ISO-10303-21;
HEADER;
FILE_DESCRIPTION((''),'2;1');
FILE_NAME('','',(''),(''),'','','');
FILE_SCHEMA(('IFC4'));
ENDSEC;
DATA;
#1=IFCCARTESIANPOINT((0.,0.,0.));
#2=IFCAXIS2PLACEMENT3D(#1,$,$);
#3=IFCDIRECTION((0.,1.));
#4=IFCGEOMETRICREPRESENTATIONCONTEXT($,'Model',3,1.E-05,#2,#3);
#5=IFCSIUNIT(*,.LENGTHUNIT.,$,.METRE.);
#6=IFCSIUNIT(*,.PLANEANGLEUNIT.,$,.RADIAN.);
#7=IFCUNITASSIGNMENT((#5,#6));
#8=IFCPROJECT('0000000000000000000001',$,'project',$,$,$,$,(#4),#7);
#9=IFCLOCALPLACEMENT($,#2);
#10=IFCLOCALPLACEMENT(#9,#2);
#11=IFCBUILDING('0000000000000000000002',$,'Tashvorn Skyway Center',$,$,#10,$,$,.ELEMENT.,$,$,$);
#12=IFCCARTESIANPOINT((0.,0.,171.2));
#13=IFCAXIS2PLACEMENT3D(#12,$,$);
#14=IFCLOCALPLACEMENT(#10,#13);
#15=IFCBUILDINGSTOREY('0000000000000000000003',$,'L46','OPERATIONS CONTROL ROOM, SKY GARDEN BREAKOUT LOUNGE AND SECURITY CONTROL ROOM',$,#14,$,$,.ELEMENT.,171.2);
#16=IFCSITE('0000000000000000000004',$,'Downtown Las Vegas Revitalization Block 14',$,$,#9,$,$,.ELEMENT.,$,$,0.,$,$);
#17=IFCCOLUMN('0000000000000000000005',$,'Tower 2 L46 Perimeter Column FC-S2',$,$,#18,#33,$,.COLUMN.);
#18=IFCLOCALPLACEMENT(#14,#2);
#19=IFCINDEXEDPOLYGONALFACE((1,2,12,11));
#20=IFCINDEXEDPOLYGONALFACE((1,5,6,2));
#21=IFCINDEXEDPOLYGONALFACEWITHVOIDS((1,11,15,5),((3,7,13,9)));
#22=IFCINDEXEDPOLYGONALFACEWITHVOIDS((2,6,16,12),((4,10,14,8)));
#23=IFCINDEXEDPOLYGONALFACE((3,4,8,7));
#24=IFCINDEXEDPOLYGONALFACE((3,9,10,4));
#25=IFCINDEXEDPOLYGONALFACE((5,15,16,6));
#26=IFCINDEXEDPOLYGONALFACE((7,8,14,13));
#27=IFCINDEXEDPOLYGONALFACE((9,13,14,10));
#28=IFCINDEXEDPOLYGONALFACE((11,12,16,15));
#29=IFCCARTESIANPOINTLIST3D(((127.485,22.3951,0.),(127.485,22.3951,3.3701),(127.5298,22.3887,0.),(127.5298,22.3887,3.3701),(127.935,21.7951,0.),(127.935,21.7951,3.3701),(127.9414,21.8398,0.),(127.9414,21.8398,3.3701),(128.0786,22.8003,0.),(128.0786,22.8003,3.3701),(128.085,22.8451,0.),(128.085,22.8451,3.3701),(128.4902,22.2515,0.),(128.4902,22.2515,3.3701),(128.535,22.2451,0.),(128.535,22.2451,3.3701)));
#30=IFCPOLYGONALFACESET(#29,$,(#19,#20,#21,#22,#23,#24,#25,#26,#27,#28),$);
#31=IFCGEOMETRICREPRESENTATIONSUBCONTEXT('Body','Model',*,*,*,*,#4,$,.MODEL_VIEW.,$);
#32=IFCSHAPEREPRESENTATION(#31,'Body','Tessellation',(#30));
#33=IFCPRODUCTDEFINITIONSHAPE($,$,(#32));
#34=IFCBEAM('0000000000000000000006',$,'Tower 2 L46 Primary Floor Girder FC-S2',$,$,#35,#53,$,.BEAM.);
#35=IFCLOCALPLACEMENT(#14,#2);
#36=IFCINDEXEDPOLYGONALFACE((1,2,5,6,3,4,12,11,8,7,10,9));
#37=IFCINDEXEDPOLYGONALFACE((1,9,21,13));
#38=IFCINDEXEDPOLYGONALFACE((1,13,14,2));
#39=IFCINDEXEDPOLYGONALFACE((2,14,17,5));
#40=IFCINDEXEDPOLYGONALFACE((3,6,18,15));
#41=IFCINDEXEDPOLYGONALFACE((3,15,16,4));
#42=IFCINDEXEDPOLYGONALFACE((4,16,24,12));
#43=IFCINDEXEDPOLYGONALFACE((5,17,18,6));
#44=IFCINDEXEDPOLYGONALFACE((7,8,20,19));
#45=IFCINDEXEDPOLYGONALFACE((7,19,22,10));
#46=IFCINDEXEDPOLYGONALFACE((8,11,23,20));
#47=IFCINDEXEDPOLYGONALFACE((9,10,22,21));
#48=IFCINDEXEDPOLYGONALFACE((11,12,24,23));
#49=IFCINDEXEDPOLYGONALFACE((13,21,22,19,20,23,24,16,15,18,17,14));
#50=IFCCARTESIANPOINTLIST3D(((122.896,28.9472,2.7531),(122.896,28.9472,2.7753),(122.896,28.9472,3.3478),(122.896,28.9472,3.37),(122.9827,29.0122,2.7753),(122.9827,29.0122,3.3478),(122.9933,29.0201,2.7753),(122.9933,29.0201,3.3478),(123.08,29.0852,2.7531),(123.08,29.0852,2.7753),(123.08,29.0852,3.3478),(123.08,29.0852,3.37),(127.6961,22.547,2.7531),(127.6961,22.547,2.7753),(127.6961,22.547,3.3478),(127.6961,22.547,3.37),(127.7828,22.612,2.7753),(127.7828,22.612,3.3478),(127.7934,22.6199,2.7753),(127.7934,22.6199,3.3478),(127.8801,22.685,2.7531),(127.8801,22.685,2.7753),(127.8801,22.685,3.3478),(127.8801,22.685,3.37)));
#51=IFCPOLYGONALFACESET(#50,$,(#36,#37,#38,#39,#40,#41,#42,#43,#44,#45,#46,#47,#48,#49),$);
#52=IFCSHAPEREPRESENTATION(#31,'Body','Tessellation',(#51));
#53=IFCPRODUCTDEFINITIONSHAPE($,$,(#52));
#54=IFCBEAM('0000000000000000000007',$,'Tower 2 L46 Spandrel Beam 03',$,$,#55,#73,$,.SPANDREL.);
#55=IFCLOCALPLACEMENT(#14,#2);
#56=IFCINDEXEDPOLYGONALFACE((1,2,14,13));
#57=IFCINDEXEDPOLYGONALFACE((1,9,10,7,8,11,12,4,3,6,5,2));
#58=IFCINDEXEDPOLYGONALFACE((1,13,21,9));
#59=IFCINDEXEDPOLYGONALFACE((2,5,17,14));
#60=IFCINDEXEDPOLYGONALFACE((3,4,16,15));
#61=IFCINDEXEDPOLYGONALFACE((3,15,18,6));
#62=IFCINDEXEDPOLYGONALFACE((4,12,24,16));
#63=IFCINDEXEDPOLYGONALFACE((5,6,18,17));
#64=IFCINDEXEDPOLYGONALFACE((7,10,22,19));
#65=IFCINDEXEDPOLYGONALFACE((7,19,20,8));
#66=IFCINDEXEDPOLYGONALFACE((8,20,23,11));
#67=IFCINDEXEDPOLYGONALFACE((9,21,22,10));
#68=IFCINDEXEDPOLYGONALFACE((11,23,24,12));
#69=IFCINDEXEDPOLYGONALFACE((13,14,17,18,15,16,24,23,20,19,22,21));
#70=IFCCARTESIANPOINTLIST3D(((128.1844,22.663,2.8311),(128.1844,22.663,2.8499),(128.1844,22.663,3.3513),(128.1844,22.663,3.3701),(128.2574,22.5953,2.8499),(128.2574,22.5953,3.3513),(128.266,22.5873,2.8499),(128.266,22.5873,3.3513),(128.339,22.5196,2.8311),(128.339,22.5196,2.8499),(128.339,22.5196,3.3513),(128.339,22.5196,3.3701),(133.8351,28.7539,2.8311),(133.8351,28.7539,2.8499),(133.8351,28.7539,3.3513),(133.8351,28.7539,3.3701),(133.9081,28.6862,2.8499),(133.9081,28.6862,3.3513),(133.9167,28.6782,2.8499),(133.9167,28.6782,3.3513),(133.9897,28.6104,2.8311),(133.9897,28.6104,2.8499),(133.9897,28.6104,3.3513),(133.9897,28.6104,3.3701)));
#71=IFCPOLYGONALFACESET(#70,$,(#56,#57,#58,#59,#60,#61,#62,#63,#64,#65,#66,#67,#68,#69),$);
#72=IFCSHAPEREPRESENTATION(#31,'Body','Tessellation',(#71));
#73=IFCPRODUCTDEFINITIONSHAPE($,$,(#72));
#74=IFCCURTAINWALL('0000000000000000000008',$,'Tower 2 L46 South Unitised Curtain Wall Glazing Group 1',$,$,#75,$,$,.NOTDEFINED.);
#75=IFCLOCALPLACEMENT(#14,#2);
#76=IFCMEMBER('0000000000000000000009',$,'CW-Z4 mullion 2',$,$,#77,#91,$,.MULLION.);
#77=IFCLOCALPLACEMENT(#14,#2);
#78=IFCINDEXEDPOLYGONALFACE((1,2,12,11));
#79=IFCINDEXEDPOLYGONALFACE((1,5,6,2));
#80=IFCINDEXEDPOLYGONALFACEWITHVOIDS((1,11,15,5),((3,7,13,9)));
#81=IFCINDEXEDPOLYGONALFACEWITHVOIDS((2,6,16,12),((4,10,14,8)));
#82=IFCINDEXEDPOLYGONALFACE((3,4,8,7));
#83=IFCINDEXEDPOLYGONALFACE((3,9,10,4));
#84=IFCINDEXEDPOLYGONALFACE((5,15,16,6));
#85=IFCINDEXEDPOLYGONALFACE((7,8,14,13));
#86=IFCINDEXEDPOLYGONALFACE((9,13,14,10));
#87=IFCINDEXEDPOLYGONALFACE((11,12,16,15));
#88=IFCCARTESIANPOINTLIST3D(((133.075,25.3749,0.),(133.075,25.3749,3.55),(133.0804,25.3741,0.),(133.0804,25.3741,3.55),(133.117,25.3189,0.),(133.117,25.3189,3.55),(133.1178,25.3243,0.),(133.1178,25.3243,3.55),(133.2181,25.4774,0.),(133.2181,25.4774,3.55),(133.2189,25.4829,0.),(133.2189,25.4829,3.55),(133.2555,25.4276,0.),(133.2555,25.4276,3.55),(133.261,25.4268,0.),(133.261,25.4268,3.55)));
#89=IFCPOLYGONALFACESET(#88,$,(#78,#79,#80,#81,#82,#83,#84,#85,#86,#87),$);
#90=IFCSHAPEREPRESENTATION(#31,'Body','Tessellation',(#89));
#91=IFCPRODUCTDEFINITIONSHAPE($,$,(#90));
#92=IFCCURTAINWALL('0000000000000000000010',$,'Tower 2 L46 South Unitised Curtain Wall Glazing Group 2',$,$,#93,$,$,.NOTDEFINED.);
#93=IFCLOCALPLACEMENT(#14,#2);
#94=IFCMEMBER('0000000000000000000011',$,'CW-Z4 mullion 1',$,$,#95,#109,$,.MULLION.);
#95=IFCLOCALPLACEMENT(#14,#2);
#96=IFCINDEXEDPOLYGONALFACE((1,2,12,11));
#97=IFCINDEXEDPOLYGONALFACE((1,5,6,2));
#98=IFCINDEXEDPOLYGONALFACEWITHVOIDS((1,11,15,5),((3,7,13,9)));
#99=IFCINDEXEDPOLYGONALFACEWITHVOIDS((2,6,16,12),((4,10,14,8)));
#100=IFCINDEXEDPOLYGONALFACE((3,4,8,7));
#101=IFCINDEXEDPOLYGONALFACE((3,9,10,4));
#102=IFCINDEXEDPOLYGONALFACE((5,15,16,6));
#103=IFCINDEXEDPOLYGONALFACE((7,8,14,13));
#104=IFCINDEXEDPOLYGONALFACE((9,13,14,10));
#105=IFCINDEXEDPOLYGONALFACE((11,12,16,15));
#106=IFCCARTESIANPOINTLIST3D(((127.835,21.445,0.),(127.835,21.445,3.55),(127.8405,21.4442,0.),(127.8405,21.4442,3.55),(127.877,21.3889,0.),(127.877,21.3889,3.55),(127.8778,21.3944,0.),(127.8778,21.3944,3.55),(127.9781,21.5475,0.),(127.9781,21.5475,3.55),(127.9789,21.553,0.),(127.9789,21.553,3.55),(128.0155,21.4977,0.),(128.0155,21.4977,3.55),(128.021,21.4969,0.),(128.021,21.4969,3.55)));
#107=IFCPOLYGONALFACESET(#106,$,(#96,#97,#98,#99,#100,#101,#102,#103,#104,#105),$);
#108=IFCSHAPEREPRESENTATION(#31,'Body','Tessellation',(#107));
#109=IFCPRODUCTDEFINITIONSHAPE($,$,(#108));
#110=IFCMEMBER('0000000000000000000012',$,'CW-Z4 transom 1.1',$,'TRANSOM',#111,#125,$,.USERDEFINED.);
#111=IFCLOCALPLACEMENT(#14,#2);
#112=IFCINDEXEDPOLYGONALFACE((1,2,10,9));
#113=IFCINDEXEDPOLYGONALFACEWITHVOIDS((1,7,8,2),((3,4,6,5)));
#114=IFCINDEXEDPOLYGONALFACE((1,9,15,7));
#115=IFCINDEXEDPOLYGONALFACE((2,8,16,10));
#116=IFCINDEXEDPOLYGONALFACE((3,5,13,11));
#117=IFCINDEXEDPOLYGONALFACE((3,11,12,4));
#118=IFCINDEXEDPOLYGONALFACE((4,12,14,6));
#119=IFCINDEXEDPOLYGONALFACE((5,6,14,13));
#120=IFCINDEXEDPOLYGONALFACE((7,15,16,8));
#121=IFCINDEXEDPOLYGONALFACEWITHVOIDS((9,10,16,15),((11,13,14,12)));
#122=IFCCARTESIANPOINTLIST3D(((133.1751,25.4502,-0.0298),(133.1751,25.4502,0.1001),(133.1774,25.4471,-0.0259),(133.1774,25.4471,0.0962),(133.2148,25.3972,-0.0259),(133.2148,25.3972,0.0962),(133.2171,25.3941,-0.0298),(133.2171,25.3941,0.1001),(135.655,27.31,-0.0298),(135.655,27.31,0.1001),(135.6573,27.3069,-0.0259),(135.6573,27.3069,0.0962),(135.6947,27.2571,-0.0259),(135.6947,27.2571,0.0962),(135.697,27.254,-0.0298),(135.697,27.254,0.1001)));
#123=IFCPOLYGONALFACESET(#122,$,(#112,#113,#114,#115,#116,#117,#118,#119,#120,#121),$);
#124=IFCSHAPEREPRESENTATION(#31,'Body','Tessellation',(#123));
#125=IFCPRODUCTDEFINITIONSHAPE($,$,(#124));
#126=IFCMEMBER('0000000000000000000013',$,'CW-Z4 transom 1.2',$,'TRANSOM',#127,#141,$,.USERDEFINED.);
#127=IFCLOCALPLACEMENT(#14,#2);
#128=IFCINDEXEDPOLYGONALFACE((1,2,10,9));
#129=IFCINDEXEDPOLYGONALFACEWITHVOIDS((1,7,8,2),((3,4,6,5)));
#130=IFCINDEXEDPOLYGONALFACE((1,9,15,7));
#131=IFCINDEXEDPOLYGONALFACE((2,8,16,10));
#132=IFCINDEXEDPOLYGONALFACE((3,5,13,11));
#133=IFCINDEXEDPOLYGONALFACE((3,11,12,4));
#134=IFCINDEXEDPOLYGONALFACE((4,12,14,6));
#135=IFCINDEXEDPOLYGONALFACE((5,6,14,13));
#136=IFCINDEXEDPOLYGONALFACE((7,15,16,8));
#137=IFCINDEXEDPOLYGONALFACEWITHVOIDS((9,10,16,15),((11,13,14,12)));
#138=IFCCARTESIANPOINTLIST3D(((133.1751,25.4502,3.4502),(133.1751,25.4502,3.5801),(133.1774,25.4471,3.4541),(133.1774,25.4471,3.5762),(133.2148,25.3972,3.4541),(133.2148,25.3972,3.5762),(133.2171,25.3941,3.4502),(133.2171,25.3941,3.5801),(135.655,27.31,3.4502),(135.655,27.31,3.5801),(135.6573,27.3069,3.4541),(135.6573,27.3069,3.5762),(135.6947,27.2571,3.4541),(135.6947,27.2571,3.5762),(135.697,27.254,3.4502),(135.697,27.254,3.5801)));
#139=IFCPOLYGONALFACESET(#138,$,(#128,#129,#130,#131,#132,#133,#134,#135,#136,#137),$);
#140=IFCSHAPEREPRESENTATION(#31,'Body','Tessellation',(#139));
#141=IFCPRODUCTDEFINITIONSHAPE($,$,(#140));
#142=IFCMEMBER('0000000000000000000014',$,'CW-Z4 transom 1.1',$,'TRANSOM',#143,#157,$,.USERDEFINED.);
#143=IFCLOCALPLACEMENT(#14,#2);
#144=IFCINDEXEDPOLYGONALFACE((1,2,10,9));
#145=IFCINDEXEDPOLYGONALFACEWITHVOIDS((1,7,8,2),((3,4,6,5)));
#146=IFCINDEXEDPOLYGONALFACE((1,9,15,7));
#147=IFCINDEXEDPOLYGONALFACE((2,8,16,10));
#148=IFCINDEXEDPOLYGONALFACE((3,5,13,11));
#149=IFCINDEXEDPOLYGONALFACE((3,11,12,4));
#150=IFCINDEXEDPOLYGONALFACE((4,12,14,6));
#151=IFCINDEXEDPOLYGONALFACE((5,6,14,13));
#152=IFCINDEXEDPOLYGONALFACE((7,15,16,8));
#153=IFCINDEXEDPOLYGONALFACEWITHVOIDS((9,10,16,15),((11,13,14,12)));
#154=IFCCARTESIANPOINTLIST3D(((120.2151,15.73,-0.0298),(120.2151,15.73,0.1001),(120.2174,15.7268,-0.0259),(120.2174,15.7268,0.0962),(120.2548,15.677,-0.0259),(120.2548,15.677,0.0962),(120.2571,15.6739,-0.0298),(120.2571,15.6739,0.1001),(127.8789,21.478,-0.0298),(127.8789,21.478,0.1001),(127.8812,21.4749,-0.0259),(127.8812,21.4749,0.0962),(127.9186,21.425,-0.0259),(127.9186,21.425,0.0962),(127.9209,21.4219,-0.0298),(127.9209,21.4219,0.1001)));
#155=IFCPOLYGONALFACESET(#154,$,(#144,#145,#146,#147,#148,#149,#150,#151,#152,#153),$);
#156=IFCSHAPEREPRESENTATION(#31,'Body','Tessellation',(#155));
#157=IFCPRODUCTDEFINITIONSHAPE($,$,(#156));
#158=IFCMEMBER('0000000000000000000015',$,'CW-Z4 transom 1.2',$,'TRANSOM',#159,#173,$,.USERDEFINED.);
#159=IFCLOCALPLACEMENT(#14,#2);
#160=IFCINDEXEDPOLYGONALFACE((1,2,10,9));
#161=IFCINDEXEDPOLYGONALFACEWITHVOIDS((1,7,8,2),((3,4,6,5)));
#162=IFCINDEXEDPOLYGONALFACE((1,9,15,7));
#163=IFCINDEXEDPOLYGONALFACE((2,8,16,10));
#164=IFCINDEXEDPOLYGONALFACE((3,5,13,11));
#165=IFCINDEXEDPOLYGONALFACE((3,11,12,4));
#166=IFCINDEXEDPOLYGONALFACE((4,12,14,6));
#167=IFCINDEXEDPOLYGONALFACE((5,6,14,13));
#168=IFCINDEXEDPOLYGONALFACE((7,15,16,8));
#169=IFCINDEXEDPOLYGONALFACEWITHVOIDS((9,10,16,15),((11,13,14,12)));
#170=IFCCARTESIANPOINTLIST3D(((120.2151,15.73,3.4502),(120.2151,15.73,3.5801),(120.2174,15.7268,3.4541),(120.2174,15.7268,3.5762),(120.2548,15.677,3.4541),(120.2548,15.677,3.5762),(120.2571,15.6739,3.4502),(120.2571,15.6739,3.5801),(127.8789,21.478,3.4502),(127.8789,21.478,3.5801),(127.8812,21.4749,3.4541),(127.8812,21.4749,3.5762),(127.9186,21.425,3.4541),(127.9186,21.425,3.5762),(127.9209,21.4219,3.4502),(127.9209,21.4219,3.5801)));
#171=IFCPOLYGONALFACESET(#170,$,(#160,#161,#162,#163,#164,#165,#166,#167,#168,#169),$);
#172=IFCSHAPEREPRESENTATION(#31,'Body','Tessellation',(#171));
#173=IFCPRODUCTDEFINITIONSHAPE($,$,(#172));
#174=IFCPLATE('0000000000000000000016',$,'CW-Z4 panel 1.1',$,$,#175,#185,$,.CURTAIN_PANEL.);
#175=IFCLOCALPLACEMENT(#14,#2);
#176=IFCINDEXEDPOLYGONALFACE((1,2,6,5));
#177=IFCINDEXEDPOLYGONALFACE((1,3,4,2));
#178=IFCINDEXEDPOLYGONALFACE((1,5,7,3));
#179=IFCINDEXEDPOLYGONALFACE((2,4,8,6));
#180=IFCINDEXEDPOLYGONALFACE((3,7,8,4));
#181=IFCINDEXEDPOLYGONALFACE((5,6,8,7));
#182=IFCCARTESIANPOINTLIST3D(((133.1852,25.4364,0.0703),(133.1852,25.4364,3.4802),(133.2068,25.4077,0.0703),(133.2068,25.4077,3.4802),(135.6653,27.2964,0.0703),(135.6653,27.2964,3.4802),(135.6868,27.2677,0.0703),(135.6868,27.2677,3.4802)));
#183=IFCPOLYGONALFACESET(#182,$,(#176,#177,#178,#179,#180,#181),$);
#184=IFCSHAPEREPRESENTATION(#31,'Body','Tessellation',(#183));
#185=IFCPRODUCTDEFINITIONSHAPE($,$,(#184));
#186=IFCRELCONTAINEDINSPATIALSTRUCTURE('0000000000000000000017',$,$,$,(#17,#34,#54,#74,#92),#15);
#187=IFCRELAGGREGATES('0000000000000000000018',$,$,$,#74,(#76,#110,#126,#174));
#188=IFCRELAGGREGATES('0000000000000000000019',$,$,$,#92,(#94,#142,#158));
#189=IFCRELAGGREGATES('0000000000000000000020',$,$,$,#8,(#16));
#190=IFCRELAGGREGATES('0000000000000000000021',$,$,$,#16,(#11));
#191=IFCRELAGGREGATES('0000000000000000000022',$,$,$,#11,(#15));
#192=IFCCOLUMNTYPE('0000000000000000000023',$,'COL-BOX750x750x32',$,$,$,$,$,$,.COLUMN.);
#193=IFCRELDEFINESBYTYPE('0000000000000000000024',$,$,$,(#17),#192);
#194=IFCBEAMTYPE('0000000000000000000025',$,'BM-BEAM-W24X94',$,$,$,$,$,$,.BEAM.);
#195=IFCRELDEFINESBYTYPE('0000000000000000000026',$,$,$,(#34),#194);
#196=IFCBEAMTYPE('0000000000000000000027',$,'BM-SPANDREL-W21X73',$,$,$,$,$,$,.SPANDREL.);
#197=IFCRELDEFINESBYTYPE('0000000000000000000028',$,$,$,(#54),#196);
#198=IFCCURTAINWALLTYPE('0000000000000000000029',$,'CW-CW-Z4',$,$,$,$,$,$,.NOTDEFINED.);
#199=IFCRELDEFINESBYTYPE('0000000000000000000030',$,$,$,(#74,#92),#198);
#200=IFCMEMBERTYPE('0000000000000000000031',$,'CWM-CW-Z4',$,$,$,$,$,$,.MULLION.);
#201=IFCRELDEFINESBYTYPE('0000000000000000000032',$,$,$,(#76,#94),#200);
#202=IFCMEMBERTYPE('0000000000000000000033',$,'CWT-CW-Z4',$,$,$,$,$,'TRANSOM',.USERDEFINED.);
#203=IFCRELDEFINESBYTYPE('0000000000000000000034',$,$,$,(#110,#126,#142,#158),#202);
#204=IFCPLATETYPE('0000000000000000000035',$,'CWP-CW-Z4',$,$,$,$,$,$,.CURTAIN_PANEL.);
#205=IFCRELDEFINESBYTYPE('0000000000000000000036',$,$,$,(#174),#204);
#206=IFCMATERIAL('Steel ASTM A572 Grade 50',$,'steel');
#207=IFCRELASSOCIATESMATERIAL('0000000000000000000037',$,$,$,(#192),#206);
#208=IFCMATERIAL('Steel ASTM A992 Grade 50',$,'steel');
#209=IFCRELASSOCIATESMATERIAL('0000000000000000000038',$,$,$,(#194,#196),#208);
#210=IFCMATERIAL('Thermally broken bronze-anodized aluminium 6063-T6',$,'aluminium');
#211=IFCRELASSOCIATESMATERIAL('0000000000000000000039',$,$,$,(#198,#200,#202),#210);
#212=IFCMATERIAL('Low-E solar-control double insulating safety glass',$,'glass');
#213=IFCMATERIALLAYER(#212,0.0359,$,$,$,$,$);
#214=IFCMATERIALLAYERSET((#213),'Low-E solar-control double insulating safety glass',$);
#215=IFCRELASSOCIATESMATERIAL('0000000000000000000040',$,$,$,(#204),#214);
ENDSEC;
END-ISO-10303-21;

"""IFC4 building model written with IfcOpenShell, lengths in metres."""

from ifc_helpers import new_model, si_unit, direction, frame, origin, origin_2d, place, context, subcontext, project, spatial, rectangle, hollow_rectangle, i_section, extrude, material, layer, layer_set, material_profile, profile_set, type_object, element, aggregate, save


model = new_model("IFC4")

# Units and contexts
model_context = context("Model", 3, precision=1e-05, world=origin(), true_north=direction((0.0, 1.0)))
body_context = subcontext(model_context, "Body", "Model", "MODEL_VIEW")
ifc_project = project(units=[si_unit("LENGTHUNIT", "METRE"), si_unit("PLANEANGLEUNIT", "RADIAN")], contexts=[model_context])

# Site, building, storey
site_placement = place(None, origin())
site = spatial("IfcSite", under=ifc_project, at=site_placement, Name="Downtown Las Vegas Revitalization Block 14", CompositionType="ELEMENT", RefElevation=0.0)
building_placement = place(site_placement, origin())
building = spatial("IfcBuilding", under=site, at=building_placement, Name="Tashvorn Skyway Center", CompositionType="ELEMENT")
storey_placement = place(building_placement, frame((0.0, 0.0, 171.2)))
storey = spatial("IfcBuildingStorey", under=building, at=storey_placement, Name="L46", Description="OPERATIONS CONTROL ROOM, SKY GARDEN BREAKOUT LOUNGE AND SECURITY CONTROL ROOM", CompositionType="ELEMENT", Elevation=171.2)

# Column
ifc_material_1 = material(Name="Steel ASTM A572 Grade 50", Category="steel")
ifc_material_profile_1 = material_profile(ifc_material_1, hollow_rectangle(XDim=0.75, YDim=0.75, WallThickness=0.032, at=origin_2d()), Name="BOX750x750x32")
ifc_profile_set_1 = profile_set([ifc_material_profile_1], Name="Steel ASTM A572 Grade 50")
column_type = type_object("IfcColumnType", Name="COL-BOX750x750x32", PredefinedType="COLUMN", material=ifc_profile_set_1)
column_placement = place(storey_placement, frame((128.01, 22.3201, 0.0), z_axis=(0.0, 0.0, 1.0), x_axis=(0.8, 0.6, 0.0)))
element("IfcColumn", 1, at=column_placement, inside=storey, type_object=column_type, Name="Tower 2 L46 Perimeter Column FC-S2", PredefinedType="COLUMN", context=body_context, shape_type="SweptSolid", body=[
    extrude(hollow_rectangle(XDim=0.75, YDim=0.75, WallThickness=0.032, at=origin_2d()), origin(), (0.0, 0.0, 1.0), 3.3701),
])

# Beams
ifc_material_2 = material(Name="Steel ASTM A992 Grade 50", Category="steel")
ifc_material_profile_2 = material_profile(ifc_material_2, i_section(OverallWidth=0.23, OverallDepth=0.6169, WebThickness=0.0132, FlangeThickness=0.0222, at=origin_2d()), Name="W24X94")
ifc_profile_set_2 = profile_set([ifc_material_profile_2], Name="Steel ASTM A992 Grade 50")
beam_type_1 = type_object("IfcBeamType", Name="BM-BEAM-W24X94", PredefinedType="BEAM", material=ifc_profile_set_2)
beam_1_placement = place(storey_placement, frame((127.7881, 22.616, 3.0615), z_axis=(-0.599995, 0.800004, 0.0), x_axis=(-0.800004, -0.599995, 0.0)))
element("IfcBeam", 2, at=beam_1_placement, inside=storey, type_object=beam_type_1, Name="Tower 2 L46 Primary Floor Girder FC-S2", PredefinedType="BEAM", context=body_context, shape_type="SweptSolid", body=[
    extrude(i_section(OverallWidth=0.23, OverallDepth=0.6169, WebThickness=0.0132, FlangeThickness=0.0222, at=origin_2d()), origin(), (0.0, 0.0, 1.0), 8.0002),
])
ifc_material_profile_3 = material_profile(ifc_material_2, i_section(OverallWidth=0.2109, OverallDepth=0.5391, WebThickness=0.0117, FlangeThickness=0.0188, at=origin_2d()), Name="W21X73")
ifc_profile_set_3 = profile_set([ifc_material_profile_3], Name="Steel ASTM A992 Grade 50")
beam_type_2 = type_object("IfcBeamType", Name="BM-SPANDREL-W21X73", PredefinedType="SPANDREL", material=ifc_profile_set_3)
beam_2_placement = place(storey_placement, frame((128.2617, 22.5913, 3.1006), z_axis=(0.68012, 0.733101, 0.0), x_axis=(-0.733101, 0.68012, 0.0)))
element("IfcBeam", 3, at=beam_2_placement, inside=storey, type_object=beam_type_2, Name="Tower 2 L46 Spandrel Beam 03", PredefinedType="SPANDREL", context=body_context, shape_type="SweptSolid", body=[
    extrude(i_section(OverallWidth=0.2109, OverallDepth=0.5391, WebThickness=0.0117, FlangeThickness=0.0188, at=origin_2d()), origin(), (0.0, 0.0, 1.0), 8.3083),
])

# Curtain walls, members
ifc_material_3 = material(Name="Thermally broken bronze-anodized aluminium 6063-T6", Category="aluminium")
curtain_wall_type = type_object("IfcCurtainWallType", Name="CW-CW-Z4", PredefinedType="NOTDEFINED", material=ifc_material_3)
curtain_wall_1_placement = place(storey_placement, origin())
curtain_wall_1 = element("IfcCurtainWall", 4, at=curtain_wall_1_placement, inside=storey, type_object=curtain_wall_type, Name="Tower 2 L46 South Unitised Curtain Wall Glazing Group 1", PredefinedType="NOTDEFINED")
ifc_material_profile_4 = material_profile(ifc_material_3, hollow_rectangle(XDim=0.0701, YDim=0.1799, WallThickness=0.0039, at=origin_2d()), Name="ALU-MULL-70x180")
ifc_profile_set_4 = profile_set([ifc_material_profile_4], Name="Thermally broken bronze-anodized aluminium 6063-T6")
member_type_1 = type_object("IfcMemberType", Name="CWM-CW-Z4", PredefinedType="MULLION", material=ifc_profile_set_4)
member_1_placement = place(storey_placement, frame((133.168, 25.4009, 0.0), z_axis=(0.0, 0.0, 1.0), x_axis=(0.6, -0.8, 0.0)))
member_1 = element("IfcMember", 5, at=member_1_placement, type_object=member_type_1, Name="CW-Z4 mullion 2", PredefinedType="MULLION", context=body_context, shape_type="SweptSolid", body=[
    extrude(hollow_rectangle(XDim=0.0701, YDim=0.1799, WallThickness=0.0039, at=origin_2d()), origin(), (0.0, 0.0, 1.0), 3.55),
])
curtain_wall_2_placement = place(storey_placement, origin())
curtain_wall_2 = element("IfcCurtainWall", 6, at=curtain_wall_2_placement, inside=storey, type_object=curtain_wall_type, Name="Tower 2 L46 South Unitised Curtain Wall Glazing Group 2", PredefinedType="NOTDEFINED")
member_2_placement = place(storey_placement, frame((127.928, 21.4709, 0.0), z_axis=(0.0, 0.0, 1.0), x_axis=(0.6, -0.8, 0.0)))
member_2 = element("IfcMember", 7, at=member_2_placement, type_object=member_type_1, Name="CW-Z4 mullion 1", PredefinedType="MULLION", context=body_context, shape_type="SweptSolid", body=[
    extrude(hollow_rectangle(XDim=0.0701, YDim=0.1799, WallThickness=0.0039, at=origin_2d()), origin(), (0.0, 0.0, 1.0), 3.55),
])

# Members
ifc_material_profile_5 = material_profile(ifc_material_3, hollow_rectangle(XDim=0.0701, YDim=0.1299, WallThickness=0.0039, at=origin_2d()), Name="ALU-TRAN-70x130")
ifc_profile_set_5 = profile_set([ifc_material_profile_5], Name="Thermally broken bronze-anodized aluminium 6063-T6")
member_type_2 = type_object("IfcMemberType", Name="CWT-CW-Z4", ElementType="TRANSOM", PredefinedType="USERDEFINED", material=ifc_profile_set_5)
member_3_placement = place(storey_placement, frame((135.676, 27.282, 0.0352), z_axis=(-0.800019, -0.599975, 0.0), x_axis=(0.599975, -0.800019, 0.0)))
member_3 = element("IfcMember", 8, at=member_3_placement, type_object=member_type_2, Name="CW-Z4 transom 1.1", ObjectType="TRANSOM", PredefinedType="USERDEFINED", context=body_context, shape_type="SweptSolid", body=[
    extrude(hollow_rectangle(XDim=0.0701, YDim=0.1299, WallThickness=0.0039, at=origin_2d()), origin(), (0.0, 0.0, 1.0), 3.0999),
])
member_4_placement = place(storey_placement, frame((135.676, 27.282, 3.5151), z_axis=(-0.800019, -0.599975, 0.0), x_axis=(0.599975, -0.800019, 0.0)))
member_4 = element("IfcMember", 9, at=member_4_placement, type_object=member_type_2, Name="CW-Z4 transom 1.2", ObjectType="TRANSOM", PredefinedType="USERDEFINED", context=body_context, shape_type="SweptSolid", body=[
    extrude(hollow_rectangle(XDim=0.0701, YDim=0.1299, WallThickness=0.0039, at=origin_2d()), origin(), (0.0, 0.0, 1.0), 3.0999),
])
member_5_placement = place(storey_placement, frame((127.8999, 21.45, 0.0352), z_axis=(-0.799991, -0.600012, 0.0), x_axis=(0.600012, -0.799991, 0.0)))
member_5 = element("IfcMember", 10, at=member_5_placement, type_object=member_type_2, Name="CW-Z4 transom 1.1", ObjectType="TRANSOM", PredefinedType="USERDEFINED", context=body_context, shape_type="SweptSolid", body=[
    extrude(hollow_rectangle(XDim=0.0701, YDim=0.1299, WallThickness=0.0039, at=origin_2d()), origin(), (0.0, 0.0, 1.0), 9.5798),
])
member_6_placement = place(storey_placement, frame((127.8999, 21.45, 3.5151), z_axis=(-0.799991, -0.600012, 0.0), x_axis=(0.600012, -0.799991, 0.0)))
member_6 = element("IfcMember", 11, at=member_6_placement, type_object=member_type_2, Name="CW-Z4 transom 1.2", ObjectType="TRANSOM", PredefinedType="USERDEFINED", context=body_context, shape_type="SweptSolid", body=[
    extrude(hollow_rectangle(XDim=0.0701, YDim=0.1299, WallThickness=0.0039, at=origin_2d()), origin(), (0.0, 0.0, 1.0), 9.5798),
])

# Plate
ifc_material_4 = material(Name="Low-E solar-control double insulating safety glass", Category="glass")
ifc_layer_1 = layer(ifc_material_4, 0.0359)
ifc_layer_set_1 = layer_set([ifc_layer_1], Name="Low-E solar-control double insulating safety glass")
plate_type = type_object("IfcPlateType", Name="CWP-CW-Z4", PredefinedType="CURTAIN_PANEL", material=ifc_layer_set_1)
plate_1_placement = place(storey_placement, frame((134.436, 26.3521, 0.0703), z_axis=(0.0, 0.0, 1.0), x_axis=(-0.8, -0.6, 0.0)))
plate_1 = element("IfcPlate", 12, at=plate_1_placement, type_object=plate_type, Name="CW-Z4 panel 1.1", PredefinedType="CURTAIN_PANEL", context=body_context, shape_type="SweptSolid", body=[
    extrude(rectangle(XDim=3.1001, YDim=0.0359, at=origin_2d()), origin(), (0.0, 0.0, 1.0), 3.4099),
])
aggregate(curtain_wall_1, [member_1, member_3, member_4, plate_1])
aggregate(curtain_wall_2, [member_2, member_5, member_6])

save(model, "model.ifc")
